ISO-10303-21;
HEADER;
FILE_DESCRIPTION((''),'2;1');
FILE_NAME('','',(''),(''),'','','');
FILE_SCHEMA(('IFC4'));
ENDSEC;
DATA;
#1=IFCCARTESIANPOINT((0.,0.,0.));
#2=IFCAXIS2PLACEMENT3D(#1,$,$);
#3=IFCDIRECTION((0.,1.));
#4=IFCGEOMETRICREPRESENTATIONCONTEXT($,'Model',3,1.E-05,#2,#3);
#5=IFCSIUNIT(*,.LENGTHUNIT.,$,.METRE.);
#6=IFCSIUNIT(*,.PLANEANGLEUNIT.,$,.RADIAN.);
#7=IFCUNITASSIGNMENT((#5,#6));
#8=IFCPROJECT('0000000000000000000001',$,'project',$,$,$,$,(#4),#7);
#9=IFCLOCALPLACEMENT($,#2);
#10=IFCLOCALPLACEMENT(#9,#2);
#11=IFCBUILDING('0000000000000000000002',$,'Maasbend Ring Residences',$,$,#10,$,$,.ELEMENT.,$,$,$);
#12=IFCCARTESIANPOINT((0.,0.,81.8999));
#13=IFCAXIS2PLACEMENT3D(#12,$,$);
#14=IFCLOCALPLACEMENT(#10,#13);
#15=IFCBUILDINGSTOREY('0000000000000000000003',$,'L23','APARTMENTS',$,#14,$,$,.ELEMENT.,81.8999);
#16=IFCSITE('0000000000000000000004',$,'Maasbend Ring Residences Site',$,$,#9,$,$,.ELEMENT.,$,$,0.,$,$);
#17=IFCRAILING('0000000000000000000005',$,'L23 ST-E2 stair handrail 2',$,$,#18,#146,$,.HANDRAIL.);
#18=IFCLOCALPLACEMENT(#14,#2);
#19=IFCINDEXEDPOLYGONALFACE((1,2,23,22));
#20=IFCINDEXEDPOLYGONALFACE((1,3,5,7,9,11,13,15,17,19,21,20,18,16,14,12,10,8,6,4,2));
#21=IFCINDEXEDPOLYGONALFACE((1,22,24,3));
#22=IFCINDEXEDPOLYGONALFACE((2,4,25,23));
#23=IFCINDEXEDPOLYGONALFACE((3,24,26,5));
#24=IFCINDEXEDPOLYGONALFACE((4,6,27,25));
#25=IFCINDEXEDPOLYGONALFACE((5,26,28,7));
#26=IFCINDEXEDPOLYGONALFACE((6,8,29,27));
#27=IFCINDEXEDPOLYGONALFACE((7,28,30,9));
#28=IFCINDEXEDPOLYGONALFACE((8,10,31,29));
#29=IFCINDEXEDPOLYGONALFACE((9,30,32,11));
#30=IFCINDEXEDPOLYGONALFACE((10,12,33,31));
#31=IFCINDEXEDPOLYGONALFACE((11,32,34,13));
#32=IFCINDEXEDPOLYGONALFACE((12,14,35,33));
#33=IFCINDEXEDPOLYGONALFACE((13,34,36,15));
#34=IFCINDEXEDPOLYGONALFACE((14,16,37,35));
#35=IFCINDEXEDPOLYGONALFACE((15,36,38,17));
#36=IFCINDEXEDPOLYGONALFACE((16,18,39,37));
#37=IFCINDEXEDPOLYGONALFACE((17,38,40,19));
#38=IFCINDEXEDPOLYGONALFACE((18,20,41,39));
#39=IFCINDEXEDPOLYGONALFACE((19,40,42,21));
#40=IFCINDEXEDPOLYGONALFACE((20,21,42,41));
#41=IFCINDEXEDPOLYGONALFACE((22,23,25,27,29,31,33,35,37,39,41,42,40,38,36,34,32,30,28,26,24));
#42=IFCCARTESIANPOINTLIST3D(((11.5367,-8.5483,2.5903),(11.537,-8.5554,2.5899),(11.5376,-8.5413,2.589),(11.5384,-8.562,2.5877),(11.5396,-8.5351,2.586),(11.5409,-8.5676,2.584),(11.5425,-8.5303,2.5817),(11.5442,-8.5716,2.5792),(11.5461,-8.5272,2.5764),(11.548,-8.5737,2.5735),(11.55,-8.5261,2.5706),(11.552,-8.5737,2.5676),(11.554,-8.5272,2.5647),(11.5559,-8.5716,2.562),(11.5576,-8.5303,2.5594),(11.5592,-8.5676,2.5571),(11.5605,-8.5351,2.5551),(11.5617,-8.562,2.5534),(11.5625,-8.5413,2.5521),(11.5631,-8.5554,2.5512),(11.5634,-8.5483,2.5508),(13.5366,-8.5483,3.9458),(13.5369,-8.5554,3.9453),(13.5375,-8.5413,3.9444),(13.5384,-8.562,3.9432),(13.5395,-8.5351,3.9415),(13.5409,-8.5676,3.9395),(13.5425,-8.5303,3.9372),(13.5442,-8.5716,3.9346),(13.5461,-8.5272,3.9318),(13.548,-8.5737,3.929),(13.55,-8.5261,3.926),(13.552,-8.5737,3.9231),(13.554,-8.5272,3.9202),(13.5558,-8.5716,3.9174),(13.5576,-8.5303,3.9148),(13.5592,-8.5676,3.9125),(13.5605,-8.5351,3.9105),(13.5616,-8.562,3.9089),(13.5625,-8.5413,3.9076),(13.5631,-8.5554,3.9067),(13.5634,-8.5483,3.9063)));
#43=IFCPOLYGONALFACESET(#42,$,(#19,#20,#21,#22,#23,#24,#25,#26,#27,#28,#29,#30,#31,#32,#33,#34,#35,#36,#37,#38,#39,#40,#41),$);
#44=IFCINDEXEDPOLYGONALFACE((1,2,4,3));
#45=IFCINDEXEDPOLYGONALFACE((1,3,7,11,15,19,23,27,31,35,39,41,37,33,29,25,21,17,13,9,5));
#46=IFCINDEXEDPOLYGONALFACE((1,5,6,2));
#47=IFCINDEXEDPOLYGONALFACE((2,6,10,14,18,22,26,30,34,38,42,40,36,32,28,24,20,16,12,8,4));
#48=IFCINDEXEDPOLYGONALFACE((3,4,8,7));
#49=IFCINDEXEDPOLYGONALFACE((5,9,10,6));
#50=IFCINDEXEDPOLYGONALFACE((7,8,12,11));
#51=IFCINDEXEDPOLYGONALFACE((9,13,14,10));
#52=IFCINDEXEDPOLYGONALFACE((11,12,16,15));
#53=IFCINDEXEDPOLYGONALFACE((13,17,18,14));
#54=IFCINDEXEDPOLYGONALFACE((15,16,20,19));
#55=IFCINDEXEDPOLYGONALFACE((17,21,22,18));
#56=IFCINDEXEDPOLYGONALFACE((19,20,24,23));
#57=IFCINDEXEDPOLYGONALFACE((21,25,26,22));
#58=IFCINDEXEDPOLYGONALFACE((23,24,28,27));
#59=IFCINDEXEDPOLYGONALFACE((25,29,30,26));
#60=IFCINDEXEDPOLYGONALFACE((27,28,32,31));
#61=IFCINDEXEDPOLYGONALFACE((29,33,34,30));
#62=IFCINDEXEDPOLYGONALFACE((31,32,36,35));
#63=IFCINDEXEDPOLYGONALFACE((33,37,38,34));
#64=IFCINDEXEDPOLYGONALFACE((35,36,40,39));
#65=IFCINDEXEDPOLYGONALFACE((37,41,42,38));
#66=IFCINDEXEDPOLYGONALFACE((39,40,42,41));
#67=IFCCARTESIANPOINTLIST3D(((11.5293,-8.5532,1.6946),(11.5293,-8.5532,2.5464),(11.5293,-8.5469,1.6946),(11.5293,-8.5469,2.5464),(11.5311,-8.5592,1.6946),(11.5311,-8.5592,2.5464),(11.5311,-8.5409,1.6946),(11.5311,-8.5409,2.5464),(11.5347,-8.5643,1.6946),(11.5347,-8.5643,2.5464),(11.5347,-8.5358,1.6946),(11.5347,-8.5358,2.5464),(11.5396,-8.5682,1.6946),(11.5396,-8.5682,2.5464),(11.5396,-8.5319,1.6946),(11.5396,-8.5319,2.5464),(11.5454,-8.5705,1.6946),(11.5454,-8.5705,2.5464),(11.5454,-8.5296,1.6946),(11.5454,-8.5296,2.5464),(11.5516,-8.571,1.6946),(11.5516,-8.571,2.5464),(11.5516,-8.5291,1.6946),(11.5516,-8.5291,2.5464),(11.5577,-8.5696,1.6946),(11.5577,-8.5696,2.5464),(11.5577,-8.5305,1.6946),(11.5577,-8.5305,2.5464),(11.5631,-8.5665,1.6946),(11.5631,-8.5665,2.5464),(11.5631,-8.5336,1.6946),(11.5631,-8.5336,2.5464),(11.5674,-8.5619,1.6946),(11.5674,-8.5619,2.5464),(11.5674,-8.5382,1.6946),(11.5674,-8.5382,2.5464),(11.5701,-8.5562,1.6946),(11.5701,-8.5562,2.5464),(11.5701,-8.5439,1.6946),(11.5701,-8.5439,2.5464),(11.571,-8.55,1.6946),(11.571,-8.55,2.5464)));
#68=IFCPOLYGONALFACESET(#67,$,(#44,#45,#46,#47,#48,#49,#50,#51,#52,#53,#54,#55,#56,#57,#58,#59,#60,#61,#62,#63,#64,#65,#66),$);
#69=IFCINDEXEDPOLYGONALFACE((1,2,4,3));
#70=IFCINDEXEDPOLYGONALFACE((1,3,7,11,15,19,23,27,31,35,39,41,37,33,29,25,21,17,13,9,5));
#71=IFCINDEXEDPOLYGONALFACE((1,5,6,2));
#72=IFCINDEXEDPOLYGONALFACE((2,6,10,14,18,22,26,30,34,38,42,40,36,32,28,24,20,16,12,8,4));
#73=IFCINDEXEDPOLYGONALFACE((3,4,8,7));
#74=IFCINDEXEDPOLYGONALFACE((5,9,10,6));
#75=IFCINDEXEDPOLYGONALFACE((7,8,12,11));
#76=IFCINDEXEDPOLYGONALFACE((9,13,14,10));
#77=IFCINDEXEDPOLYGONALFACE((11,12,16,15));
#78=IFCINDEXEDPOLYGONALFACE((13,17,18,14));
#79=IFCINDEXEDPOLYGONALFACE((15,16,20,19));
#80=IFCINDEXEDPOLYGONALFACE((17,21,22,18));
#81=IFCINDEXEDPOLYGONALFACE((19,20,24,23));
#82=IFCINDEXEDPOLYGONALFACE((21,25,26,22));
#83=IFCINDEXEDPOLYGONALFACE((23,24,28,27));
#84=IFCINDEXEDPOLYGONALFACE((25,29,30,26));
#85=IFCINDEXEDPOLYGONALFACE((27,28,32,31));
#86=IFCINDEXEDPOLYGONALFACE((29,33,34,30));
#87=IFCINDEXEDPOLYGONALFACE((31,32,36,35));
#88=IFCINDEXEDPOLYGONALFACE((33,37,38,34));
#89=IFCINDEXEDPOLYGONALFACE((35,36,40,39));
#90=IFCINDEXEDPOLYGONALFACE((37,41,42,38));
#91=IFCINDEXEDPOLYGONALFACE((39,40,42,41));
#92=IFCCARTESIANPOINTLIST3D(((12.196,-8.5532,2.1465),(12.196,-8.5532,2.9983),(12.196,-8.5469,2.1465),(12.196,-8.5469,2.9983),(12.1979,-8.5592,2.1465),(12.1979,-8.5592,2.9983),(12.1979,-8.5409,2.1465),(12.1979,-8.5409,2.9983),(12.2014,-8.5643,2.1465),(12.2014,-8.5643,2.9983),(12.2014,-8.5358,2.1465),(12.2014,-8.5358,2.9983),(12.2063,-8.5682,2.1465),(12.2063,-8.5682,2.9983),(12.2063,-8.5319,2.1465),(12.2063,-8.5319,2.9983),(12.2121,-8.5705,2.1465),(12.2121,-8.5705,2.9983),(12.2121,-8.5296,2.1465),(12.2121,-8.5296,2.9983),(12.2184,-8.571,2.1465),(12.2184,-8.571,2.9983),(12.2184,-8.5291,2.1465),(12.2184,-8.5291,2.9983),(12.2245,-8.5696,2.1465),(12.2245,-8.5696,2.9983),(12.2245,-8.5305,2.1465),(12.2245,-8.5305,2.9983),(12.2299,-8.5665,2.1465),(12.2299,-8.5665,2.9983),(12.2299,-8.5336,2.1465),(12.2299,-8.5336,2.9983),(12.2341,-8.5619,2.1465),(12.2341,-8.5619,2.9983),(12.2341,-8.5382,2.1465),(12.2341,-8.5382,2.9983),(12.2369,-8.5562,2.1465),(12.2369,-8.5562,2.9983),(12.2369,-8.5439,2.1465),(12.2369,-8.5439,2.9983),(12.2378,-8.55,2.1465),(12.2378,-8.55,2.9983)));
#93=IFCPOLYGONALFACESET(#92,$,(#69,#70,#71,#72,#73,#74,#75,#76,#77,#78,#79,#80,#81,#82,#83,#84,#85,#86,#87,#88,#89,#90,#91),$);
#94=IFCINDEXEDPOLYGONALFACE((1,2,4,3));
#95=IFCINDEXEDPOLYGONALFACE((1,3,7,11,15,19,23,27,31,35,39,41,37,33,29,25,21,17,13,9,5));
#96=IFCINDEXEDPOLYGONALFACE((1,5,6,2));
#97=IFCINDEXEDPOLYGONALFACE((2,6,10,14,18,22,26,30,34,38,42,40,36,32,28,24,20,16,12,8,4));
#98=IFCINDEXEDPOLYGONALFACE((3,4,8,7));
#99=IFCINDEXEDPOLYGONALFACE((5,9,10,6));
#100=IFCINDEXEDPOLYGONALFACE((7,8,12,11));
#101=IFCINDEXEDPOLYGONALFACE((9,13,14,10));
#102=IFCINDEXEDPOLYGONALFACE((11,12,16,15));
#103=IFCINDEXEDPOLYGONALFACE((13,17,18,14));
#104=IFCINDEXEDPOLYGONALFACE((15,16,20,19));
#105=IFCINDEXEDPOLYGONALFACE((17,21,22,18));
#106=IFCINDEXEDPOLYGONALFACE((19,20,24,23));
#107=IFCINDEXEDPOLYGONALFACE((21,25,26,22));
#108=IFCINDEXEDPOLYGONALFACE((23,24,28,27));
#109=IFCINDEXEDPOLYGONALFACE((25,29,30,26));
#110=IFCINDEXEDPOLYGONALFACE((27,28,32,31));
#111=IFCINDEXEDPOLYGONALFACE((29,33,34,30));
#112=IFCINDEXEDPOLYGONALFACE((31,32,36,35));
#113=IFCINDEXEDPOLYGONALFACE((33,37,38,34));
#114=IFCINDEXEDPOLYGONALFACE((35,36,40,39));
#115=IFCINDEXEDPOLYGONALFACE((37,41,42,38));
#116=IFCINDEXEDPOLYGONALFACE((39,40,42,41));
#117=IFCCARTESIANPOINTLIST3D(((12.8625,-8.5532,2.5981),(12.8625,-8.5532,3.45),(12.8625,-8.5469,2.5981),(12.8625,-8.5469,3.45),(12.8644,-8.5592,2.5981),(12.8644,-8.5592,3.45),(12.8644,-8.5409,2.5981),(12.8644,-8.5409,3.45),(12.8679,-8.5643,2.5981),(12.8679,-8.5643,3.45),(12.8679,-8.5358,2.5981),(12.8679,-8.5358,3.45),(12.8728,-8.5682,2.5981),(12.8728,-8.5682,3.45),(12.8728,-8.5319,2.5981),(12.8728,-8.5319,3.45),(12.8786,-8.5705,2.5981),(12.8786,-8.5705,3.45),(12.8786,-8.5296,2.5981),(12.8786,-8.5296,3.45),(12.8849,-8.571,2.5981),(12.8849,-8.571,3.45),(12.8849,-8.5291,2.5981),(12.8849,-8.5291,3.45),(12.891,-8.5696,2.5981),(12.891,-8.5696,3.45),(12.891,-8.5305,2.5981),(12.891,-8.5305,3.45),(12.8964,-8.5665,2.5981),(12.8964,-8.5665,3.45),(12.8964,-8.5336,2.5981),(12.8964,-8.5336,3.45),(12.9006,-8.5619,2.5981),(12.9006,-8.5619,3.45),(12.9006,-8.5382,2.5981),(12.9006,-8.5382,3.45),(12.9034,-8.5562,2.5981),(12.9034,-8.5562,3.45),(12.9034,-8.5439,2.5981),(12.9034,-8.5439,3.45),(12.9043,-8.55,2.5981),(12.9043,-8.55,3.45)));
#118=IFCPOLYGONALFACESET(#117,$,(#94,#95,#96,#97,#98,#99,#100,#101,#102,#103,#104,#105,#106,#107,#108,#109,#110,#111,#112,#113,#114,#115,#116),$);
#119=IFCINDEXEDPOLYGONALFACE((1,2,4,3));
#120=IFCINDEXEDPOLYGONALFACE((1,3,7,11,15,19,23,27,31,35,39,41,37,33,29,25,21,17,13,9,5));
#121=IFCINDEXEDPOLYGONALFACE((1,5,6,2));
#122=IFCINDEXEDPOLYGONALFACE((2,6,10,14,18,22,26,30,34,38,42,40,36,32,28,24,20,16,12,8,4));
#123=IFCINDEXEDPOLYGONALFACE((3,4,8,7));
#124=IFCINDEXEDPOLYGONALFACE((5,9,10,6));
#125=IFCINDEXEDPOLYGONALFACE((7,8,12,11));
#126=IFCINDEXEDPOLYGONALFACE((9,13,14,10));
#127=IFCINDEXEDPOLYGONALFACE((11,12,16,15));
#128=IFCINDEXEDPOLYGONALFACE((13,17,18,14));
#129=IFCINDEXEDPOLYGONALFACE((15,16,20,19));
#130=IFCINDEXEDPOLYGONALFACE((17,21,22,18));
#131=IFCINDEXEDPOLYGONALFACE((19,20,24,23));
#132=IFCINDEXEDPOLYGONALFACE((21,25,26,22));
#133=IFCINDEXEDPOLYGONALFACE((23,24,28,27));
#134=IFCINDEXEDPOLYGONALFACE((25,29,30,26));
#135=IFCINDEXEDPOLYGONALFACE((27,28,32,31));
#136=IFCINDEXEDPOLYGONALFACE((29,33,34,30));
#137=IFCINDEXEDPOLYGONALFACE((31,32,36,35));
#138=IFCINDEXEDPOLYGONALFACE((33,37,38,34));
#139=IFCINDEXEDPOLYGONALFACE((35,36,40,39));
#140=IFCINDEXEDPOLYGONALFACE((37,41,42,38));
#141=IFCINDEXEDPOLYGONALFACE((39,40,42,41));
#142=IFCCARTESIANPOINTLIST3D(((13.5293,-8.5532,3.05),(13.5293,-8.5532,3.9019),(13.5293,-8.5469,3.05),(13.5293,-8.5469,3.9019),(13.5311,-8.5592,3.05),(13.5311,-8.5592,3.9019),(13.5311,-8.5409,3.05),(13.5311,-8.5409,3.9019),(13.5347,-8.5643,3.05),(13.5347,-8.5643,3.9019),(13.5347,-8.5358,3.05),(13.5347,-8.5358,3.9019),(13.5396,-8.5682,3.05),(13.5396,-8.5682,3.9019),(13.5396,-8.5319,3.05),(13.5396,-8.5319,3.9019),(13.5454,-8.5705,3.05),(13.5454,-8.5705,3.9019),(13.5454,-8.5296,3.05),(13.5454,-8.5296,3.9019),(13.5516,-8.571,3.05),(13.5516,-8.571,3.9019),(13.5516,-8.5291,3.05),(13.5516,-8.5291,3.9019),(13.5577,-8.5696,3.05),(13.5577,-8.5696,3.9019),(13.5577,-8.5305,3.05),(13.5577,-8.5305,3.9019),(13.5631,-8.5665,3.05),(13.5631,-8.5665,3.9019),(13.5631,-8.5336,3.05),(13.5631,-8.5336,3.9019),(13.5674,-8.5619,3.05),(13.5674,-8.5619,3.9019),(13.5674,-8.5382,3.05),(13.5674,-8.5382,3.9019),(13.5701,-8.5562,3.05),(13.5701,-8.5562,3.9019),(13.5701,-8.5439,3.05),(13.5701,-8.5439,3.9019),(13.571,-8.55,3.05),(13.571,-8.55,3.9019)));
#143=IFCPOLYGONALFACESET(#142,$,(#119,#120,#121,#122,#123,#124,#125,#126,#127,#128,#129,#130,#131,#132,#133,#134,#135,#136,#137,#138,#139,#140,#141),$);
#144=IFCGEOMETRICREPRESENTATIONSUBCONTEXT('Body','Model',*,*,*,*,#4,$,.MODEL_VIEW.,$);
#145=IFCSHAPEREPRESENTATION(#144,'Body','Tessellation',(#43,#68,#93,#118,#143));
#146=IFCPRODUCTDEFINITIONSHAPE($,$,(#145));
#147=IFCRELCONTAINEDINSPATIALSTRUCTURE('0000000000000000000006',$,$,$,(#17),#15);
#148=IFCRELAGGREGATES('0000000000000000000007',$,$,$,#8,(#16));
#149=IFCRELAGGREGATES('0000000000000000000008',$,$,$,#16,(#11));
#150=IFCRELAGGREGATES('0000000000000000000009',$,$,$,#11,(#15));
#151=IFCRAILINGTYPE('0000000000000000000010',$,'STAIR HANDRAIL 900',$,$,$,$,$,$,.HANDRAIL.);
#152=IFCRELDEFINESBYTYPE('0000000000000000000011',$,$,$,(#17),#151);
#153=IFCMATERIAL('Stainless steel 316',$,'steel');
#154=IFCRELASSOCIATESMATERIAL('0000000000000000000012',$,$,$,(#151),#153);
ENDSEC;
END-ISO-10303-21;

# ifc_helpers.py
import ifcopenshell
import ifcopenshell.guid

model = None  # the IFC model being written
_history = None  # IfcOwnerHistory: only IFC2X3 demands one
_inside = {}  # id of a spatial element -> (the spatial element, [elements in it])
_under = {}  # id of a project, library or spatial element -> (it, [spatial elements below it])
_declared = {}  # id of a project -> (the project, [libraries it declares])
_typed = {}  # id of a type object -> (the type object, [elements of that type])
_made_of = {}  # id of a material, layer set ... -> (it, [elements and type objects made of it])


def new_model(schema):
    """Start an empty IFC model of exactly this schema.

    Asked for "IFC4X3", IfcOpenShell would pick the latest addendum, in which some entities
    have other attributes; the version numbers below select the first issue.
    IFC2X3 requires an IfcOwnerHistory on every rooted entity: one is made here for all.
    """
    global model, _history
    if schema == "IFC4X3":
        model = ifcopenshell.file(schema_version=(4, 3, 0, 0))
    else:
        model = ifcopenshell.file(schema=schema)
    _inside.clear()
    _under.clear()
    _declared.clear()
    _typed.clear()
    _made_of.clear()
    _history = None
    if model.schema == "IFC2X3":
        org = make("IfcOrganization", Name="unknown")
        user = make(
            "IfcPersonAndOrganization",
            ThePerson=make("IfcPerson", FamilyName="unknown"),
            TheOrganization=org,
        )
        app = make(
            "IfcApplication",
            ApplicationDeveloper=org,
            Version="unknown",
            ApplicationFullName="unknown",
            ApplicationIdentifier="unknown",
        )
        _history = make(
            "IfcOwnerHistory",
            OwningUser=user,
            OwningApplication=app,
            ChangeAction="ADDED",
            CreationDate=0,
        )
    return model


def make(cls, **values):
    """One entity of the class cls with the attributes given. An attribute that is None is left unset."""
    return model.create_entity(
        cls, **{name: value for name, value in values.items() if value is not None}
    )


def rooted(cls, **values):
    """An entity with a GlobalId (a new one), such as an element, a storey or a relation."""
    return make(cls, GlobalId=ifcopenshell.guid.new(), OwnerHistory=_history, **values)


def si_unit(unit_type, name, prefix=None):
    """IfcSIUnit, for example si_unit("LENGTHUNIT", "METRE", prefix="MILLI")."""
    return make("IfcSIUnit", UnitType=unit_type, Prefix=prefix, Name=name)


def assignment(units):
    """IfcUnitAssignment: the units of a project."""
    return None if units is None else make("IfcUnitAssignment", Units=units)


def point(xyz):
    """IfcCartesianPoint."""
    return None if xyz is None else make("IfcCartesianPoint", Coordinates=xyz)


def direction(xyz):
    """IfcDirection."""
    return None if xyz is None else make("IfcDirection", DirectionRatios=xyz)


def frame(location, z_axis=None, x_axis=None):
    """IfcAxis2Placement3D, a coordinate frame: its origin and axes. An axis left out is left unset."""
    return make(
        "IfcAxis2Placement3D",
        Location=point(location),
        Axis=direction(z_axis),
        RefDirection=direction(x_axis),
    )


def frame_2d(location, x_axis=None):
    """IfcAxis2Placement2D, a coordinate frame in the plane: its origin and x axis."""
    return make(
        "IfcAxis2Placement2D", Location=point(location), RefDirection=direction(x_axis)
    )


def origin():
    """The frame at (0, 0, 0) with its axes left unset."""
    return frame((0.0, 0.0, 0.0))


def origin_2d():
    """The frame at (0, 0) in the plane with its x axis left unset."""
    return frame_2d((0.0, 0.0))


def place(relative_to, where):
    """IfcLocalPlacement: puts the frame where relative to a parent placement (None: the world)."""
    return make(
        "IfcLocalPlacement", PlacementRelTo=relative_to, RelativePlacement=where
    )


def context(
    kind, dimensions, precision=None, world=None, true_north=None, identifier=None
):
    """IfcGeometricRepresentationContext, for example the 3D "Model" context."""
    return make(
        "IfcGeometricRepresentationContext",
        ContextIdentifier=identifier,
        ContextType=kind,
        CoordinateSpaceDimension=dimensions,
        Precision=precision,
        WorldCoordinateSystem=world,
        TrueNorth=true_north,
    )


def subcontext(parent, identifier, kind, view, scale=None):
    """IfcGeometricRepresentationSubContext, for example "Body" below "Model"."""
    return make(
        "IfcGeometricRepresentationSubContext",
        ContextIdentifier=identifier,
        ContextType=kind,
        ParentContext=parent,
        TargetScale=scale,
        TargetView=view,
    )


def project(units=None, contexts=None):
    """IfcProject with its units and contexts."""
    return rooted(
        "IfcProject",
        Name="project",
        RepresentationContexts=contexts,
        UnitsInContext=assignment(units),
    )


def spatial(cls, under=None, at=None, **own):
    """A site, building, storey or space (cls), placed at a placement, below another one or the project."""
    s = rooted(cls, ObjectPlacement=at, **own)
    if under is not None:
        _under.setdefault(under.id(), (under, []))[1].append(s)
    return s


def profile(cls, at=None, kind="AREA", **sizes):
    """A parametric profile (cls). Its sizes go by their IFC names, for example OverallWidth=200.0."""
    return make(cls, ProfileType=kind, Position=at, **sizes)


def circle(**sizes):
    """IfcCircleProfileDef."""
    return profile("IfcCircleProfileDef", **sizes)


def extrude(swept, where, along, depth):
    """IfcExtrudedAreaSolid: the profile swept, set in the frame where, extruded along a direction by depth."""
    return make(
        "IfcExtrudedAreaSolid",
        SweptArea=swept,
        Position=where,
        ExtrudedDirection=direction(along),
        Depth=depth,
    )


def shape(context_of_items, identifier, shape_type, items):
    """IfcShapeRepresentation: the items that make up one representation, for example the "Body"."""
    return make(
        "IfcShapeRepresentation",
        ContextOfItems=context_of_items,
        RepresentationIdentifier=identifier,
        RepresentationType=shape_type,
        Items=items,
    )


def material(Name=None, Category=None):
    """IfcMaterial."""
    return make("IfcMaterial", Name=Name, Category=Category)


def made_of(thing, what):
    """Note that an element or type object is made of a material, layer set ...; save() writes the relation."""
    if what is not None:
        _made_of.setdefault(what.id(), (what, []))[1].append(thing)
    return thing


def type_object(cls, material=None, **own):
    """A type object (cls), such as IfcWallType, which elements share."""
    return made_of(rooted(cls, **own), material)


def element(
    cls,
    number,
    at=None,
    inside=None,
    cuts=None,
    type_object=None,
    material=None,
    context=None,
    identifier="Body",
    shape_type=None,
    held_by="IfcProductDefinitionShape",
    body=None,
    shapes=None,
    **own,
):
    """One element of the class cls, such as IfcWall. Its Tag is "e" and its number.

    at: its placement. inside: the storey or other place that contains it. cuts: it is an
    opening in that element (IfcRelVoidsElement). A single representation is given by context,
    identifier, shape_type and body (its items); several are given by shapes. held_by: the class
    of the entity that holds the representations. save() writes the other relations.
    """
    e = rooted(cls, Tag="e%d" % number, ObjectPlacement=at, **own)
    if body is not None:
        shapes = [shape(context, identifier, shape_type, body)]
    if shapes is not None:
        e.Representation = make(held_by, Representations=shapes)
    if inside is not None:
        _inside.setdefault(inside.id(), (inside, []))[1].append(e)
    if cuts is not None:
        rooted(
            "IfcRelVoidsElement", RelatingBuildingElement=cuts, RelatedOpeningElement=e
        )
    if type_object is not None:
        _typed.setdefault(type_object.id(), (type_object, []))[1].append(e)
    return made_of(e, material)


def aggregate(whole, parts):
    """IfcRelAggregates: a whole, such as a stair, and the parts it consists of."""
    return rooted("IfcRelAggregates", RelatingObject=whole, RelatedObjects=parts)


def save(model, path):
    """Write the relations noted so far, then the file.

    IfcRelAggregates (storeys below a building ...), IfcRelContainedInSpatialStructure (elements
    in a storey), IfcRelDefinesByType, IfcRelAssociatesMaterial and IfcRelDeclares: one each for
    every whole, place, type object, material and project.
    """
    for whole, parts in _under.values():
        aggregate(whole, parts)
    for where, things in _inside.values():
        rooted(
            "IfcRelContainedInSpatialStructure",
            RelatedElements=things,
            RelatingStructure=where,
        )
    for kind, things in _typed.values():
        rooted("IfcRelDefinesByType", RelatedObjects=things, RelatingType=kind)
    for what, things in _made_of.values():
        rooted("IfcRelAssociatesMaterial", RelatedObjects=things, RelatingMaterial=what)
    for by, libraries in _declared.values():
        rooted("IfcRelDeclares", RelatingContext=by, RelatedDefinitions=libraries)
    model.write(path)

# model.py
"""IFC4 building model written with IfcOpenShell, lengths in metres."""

from ifc_helpers import new_model, si_unit, direction, frame, origin, origin_2d, place, context, subcontext, project, spatial, circle, extrude, material, type_object, element, save


model = new_model("IFC4")

# Units and contexts
model_context = context("Model", 3, precision=1e-05, world=origin(), true_north=direction((0.0, 1.0)))
body_context = subcontext(model_context, "Body", "Model", "MODEL_VIEW")
ifc_project = project(units=[si_unit("LENGTHUNIT", "METRE"), si_unit("PLANEANGLEUNIT", "RADIAN")], contexts=[model_context])

# Site, building, storey
site_placement = place(None, origin())
site = spatial("IfcSite", under=ifc_project, at=site_placement, Name="Maasbend Ring Residences Site", CompositionType="ELEMENT", RefElevation=0.0)
building_placement = place(site_placement, origin())
building = spatial("IfcBuilding", under=site, at=building_placement, Name="Maasbend Ring Residences", CompositionType="ELEMENT")
storey_placement = place(building_placement, frame((0.0, 0.0, 81.8999)))
storey = spatial("IfcBuildingStorey", under=building, at=storey_placement, Name="L23", Description="APARTMENTS", CompositionType="ELEMENT", Elevation=81.8999)

# Railing
ifc_material_1 = material(Name="Stainless steel 316", Category="steel")
railing_type_1 = type_object("IfcRailingType", Name="STAIR HANDRAIL 900", PredefinedType="HANDRAIL", material=ifc_material_1)
railing_1_placement = place(storey_placement, frame((11.55, -8.55, 1.6946)))
element("IfcRailing", 1, at=railing_1_placement, inside=storey, type_object=railing_type_1, Name="L23 ST-E2 stair handrail 2", PredefinedType="HANDRAIL", context=body_context, shape_type="SweptSolid", body=[
    extrude(circle(Radius=0.0239, at=origin_2d()), frame((0.0, 0.0, 0.876), z_axis=(0.827798, 0.0, 0.561027), x_axis=(0.0, 1.0, 0.0)), (0.0, 0.0, 1.0), 2.416),
    extrude(circle(Radius=0.021, at=origin_2d()), origin(), (0.0, 0.0, 1.0), 0.8518),
    extrude(circle(Radius=0.021, at=origin_2d()), frame((0.6667, 0.0, 0.4519)), (0.0, 0.0, 1.0), 0.8518),
    extrude(circle(Radius=0.021, at=origin_2d()), frame((1.3333, 0.0, 0.9036)), (0.0, 0.0, 1.0), 0.8518),
    extrude(circle(Radius=0.021, at=origin_2d()), frame((2.0, 0.0, 1.3555)), (0.0, 0.0, 1.0), 0.8518),
])

save(model, "model.ifc")
